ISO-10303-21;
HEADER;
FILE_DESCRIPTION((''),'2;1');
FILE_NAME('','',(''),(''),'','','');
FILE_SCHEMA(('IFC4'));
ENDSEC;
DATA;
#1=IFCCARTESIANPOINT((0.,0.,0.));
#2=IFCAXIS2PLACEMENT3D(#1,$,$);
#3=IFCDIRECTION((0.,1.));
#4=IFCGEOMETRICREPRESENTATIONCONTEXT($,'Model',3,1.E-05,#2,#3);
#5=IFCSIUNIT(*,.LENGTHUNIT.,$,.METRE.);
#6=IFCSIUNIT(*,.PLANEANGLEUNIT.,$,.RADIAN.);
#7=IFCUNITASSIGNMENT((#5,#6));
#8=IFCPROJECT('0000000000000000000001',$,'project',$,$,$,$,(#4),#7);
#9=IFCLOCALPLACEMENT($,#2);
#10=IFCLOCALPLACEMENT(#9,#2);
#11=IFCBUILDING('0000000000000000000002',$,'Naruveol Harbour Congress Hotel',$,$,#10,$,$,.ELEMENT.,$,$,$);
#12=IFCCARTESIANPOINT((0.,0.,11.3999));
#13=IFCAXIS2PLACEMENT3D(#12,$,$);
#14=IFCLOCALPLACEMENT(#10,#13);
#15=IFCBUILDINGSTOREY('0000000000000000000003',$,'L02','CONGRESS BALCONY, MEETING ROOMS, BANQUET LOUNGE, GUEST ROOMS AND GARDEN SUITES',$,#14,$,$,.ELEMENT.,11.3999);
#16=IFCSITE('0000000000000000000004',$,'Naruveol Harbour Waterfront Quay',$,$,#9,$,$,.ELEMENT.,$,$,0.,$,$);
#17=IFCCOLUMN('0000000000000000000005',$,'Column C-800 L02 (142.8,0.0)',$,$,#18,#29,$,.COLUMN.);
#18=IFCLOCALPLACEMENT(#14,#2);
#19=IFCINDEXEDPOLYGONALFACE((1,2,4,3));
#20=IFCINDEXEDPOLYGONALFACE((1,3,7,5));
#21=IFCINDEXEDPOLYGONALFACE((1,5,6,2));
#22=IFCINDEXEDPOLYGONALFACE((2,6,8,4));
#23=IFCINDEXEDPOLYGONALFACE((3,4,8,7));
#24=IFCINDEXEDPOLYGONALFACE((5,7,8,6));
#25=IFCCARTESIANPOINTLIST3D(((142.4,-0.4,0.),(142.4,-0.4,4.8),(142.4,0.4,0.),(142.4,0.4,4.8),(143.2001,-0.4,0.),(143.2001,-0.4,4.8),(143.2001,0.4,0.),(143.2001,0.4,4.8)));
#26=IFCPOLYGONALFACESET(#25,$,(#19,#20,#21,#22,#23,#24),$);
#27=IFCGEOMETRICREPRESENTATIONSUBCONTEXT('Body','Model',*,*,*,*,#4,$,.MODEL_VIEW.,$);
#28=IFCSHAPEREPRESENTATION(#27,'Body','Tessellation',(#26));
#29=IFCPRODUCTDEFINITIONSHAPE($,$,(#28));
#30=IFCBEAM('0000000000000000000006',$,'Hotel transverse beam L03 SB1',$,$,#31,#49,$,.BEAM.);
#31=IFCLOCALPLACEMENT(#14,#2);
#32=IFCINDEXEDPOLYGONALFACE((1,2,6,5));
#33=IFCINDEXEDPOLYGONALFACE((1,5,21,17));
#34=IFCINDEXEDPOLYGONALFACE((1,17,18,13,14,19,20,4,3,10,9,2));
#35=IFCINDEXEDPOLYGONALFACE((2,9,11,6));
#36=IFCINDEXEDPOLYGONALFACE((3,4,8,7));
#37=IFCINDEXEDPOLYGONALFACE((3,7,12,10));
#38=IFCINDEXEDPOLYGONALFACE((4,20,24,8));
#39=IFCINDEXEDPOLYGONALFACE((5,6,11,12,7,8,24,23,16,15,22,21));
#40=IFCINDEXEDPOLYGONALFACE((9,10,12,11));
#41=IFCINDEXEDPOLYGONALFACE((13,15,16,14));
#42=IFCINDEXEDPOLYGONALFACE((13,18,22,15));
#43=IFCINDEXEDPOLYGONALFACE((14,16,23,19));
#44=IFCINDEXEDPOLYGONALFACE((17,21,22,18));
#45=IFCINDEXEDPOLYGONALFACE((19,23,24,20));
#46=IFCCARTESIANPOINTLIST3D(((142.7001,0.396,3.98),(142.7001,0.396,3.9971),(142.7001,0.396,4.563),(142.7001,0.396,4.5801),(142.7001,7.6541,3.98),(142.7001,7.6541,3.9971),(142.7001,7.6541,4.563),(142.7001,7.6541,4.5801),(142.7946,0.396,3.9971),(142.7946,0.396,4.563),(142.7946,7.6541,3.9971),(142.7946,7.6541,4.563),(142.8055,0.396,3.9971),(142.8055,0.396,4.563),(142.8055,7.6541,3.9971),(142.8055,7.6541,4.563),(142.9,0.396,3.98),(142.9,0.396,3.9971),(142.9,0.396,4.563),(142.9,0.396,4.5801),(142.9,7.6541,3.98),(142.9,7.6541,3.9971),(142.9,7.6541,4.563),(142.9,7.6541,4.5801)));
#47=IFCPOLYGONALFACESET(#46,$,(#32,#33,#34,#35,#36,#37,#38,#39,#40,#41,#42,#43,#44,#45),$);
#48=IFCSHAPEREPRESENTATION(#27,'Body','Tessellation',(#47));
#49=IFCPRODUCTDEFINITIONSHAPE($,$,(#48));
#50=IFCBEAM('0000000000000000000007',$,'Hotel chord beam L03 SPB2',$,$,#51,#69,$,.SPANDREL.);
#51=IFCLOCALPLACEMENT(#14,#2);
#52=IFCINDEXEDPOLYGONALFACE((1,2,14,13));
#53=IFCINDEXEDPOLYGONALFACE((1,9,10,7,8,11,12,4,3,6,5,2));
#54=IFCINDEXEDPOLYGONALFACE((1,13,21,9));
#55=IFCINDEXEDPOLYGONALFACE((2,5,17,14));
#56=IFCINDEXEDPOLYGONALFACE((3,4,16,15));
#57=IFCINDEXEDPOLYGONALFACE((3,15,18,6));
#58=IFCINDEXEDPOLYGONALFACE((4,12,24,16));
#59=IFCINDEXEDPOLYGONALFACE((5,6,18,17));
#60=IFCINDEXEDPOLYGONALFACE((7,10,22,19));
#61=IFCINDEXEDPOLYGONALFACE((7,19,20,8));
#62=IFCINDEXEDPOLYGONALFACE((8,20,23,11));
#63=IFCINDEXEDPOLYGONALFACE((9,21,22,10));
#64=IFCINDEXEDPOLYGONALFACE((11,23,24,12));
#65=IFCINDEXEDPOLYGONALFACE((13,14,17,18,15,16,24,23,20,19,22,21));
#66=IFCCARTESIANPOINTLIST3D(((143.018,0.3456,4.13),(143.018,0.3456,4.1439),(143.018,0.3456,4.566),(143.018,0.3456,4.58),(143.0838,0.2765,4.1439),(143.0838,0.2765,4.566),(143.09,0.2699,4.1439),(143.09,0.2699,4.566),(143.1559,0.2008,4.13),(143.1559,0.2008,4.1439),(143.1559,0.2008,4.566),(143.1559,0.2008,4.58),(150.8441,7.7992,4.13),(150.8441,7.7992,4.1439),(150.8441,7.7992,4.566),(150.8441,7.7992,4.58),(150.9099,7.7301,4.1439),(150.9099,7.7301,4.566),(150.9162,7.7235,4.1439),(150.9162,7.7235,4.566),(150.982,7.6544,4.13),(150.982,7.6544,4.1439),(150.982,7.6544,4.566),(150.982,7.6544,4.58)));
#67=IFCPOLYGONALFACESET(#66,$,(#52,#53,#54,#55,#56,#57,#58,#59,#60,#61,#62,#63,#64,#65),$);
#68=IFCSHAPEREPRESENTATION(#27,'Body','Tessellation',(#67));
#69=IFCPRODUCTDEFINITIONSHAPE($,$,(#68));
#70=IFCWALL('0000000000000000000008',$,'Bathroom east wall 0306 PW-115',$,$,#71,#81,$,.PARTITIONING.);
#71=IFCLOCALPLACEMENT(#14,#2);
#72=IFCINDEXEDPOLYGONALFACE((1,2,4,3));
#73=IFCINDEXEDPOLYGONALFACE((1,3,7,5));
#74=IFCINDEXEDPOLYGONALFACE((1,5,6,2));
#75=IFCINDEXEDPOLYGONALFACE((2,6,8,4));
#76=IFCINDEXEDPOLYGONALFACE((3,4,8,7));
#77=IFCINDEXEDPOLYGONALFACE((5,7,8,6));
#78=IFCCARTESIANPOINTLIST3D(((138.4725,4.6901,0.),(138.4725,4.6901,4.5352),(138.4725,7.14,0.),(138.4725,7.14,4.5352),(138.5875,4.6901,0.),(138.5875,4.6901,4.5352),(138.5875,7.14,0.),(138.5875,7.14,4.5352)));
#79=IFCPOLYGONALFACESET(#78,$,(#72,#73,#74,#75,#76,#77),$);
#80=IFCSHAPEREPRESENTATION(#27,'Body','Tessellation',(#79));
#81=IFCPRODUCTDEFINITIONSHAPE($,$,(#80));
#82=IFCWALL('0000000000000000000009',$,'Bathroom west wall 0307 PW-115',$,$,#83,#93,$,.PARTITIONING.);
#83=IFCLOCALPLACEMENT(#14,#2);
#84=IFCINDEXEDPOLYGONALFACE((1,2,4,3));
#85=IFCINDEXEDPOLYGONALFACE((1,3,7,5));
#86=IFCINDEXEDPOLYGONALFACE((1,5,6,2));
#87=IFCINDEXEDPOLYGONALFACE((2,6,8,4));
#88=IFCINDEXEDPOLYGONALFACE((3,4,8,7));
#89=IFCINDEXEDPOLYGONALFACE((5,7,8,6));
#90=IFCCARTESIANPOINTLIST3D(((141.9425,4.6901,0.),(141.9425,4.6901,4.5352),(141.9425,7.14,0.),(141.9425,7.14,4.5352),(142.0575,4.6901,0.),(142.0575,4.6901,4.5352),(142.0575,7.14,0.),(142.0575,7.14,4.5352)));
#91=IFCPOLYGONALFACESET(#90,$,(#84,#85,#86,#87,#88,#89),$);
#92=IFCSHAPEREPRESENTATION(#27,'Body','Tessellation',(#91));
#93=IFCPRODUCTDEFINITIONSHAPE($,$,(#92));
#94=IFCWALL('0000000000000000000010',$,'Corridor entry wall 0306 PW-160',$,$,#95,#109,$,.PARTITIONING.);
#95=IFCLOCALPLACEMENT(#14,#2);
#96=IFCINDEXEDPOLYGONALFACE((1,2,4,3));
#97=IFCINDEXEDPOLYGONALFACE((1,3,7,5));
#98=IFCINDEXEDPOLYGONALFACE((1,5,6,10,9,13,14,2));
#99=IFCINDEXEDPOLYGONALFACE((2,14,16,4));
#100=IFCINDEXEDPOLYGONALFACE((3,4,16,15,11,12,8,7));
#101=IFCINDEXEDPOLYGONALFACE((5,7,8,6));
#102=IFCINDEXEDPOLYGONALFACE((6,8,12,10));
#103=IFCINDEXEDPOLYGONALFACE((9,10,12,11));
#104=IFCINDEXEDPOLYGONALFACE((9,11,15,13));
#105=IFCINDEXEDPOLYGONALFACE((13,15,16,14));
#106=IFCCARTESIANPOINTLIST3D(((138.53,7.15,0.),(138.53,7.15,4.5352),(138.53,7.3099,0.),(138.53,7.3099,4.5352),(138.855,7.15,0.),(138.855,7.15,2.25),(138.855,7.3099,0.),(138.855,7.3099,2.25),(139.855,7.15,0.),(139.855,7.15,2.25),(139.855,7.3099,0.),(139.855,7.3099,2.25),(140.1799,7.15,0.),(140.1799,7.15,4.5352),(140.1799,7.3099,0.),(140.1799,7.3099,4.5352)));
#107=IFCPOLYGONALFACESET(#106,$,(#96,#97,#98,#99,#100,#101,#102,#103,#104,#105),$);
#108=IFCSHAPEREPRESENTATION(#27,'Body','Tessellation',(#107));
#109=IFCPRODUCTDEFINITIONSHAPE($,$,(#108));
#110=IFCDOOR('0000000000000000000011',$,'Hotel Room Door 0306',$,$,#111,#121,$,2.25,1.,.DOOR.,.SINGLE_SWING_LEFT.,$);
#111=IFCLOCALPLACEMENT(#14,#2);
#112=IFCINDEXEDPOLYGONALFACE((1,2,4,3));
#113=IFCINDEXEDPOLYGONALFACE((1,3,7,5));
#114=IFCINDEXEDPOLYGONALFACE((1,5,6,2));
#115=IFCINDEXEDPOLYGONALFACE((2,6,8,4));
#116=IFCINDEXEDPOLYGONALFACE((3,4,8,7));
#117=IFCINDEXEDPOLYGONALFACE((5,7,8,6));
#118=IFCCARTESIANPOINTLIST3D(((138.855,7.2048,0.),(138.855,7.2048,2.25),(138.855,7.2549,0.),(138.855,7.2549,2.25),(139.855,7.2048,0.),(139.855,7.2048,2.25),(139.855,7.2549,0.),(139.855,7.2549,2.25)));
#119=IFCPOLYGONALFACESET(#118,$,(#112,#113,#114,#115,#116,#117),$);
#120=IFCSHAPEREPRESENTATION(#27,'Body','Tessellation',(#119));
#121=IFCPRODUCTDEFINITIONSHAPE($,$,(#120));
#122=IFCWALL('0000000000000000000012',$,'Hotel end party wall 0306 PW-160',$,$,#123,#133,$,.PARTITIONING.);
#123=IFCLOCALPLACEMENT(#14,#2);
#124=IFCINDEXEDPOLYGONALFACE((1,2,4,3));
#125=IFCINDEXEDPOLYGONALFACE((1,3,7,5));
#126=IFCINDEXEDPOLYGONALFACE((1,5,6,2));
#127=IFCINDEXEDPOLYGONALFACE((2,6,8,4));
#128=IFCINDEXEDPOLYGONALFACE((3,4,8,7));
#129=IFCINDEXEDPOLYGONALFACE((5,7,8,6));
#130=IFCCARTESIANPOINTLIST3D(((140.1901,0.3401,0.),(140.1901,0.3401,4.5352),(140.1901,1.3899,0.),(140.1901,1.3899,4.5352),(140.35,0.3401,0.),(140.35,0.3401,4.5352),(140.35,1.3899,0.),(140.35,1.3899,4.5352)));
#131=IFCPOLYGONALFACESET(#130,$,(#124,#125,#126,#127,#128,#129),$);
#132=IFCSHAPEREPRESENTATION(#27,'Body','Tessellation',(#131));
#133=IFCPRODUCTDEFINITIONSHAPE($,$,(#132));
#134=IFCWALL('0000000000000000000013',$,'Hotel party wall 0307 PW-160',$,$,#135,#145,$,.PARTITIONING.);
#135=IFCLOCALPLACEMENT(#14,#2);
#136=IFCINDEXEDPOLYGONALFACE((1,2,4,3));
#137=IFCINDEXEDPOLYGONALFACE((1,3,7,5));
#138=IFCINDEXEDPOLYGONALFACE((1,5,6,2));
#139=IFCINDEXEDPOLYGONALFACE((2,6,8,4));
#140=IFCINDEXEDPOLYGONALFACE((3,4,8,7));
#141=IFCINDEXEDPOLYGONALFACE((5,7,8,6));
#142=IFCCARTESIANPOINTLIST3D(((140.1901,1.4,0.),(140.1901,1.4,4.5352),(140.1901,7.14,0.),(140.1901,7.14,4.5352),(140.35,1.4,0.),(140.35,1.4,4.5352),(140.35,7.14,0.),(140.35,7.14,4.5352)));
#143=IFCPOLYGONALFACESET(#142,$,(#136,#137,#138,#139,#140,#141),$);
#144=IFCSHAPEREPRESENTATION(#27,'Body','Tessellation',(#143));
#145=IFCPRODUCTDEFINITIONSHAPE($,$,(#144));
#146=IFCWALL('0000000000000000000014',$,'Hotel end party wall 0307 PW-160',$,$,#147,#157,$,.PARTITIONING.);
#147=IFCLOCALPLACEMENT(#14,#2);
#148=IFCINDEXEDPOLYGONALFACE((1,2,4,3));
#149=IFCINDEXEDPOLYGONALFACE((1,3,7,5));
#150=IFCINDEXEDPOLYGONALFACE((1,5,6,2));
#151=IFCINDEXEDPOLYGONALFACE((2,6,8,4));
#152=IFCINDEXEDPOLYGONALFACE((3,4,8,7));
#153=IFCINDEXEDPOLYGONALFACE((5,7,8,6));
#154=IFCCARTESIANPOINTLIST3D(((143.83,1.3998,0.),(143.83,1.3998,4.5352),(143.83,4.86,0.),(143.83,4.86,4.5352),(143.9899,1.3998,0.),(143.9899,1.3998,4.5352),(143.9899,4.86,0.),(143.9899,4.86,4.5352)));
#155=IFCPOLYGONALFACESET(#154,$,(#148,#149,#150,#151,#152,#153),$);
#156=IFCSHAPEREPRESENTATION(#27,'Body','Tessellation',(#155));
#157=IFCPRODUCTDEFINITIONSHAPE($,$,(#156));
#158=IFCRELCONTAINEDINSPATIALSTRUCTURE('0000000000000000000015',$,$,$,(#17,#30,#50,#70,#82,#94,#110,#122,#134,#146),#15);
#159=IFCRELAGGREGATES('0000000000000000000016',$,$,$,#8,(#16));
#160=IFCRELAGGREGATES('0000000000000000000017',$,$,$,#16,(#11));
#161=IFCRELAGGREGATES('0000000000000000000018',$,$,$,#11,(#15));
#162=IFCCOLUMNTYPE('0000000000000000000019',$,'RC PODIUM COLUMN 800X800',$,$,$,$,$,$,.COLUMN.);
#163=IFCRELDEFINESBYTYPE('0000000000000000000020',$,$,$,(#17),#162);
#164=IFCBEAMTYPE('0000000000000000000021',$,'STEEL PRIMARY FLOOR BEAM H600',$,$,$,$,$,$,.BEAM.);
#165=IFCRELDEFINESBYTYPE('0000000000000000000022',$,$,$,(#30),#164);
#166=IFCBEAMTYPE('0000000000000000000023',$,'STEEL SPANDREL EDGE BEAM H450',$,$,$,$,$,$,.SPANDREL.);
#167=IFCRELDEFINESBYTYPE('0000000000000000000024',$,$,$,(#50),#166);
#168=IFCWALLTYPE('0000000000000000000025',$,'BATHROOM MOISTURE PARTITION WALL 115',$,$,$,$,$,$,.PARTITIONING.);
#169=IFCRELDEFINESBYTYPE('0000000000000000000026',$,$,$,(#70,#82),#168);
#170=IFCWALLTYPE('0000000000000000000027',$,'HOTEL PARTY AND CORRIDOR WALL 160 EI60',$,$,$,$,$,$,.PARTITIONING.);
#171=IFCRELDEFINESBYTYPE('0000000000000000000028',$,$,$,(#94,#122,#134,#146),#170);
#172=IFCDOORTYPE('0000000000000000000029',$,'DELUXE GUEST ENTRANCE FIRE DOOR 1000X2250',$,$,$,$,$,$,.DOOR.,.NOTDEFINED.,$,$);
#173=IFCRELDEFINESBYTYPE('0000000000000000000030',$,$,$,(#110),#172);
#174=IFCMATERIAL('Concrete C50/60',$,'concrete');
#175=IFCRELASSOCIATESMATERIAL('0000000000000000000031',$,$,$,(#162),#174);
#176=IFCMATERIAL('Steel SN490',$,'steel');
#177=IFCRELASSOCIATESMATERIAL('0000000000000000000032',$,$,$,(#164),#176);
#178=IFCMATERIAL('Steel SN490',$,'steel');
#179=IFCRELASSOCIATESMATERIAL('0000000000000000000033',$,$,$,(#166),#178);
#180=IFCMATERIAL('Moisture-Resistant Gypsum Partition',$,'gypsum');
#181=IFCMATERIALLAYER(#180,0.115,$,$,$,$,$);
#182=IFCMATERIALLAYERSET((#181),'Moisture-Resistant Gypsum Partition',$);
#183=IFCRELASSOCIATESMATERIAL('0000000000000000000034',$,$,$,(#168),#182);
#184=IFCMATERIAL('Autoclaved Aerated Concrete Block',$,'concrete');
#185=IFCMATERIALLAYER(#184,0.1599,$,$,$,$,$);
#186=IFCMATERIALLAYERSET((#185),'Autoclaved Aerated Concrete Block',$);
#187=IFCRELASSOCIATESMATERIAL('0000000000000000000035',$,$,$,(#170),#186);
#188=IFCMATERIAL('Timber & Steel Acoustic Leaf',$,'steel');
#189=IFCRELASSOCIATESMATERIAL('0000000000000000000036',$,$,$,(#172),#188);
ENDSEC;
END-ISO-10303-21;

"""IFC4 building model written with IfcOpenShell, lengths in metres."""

from ifc_helpers import new_model, si_unit, direction, frame, frame_2d, origin, origin_2d, place, context, subcontext, project, spatial, rectangle, i_section, extrude, material, layer, layer_set, material_profile, profile_set, type_object, element, fill, save


model = new_model("IFC4")

# Units and contexts
model_context = context("Model", 3, precision=1e-05, world=origin(), true_north=direction((0.0, 1.0)))
body_context = subcontext(model_context, "Body", "Model", "MODEL_VIEW")
ifc_project = project(units=[si_unit("LENGTHUNIT", "METRE"), si_unit("PLANEANGLEUNIT", "RADIAN")], contexts=[model_context])

# Site, building, storey
site_placement = place(None, origin())
site = spatial("IfcSite", under=ifc_project, at=site_placement, Name="Naruveol Harbour Waterfront Quay", CompositionType="ELEMENT", RefElevation=0.0)
building_placement = place(site_placement, origin())
building = spatial("IfcBuilding", under=site, at=building_placement, Name="Naruveol Harbour Congress Hotel", CompositionType="ELEMENT")
storey_placement = place(building_placement, frame((0.0, 0.0, 11.3999)))
storey = spatial("IfcBuildingStorey", under=building, at=storey_placement, Name="L02", Description="CONGRESS BALCONY, MEETING ROOMS, BANQUET LOUNGE, GUEST ROOMS AND GARDEN SUITES", CompositionType="ELEMENT", Elevation=11.3999)

# Column
ifc_material_1 = material(Name="Concrete C50/60", Category="concrete")
ifc_material_profile_1 = material_profile(ifc_material_1, rectangle(XDim=0.8, YDim=0.8, at=origin_2d()), Name="RC-800x800")
ifc_profile_set_1 = profile_set([ifc_material_profile_1], Name="Concrete C50/60")
column_type = type_object("IfcColumnType", Name="RC PODIUM COLUMN 800X800", PredefinedType="COLUMN", material=ifc_profile_set_1)
column_placement = place(storey_placement, frame((142.8, 0.0, 0.0), z_axis=(0.0, 0.0, 1.0), x_axis=(1.0, 0.0, 0.0)))
element("IfcColumn", 1, at=column_placement, inside=storey, type_object=column_type, Name="Column C-800 L02 (142.8,0.0)", PredefinedType="COLUMN", context=body_context, shape_type="SweptSolid", body=[
    extrude(rectangle(XDim=0.8, YDim=0.8, at=origin_2d()), origin(), (0.0, 0.0, 1.0), 4.8),
])

# Beams
ifc_material_2 = material(Name="Steel SN490", Category="steel")
ifc_material_profile_2 = material_profile(ifc_material_2, i_section(OverallWidth=0.2, OverallDepth=0.6001, WebThickness=0.011, FlangeThickness=0.0171, at=origin_2d()), Name="H-600x200x11x17")
ifc_profile_set_2 = profile_set([ifc_material_profile_2], Name="Steel SN490")
beam_type_1 = type_object("IfcBeamType", Name="STEEL PRIMARY FLOOR BEAM H600", PredefinedType="BEAM", material=ifc_profile_set_2)
beam_1_placement = place(storey_placement, frame((142.8, 0.396, 4.28), z_axis=(0.0, 1.0, 0.0), x_axis=(-1.0, 0.0, 0.0)))
element("IfcBeam", 2, at=beam_1_placement, inside=storey, type_object=beam_type_1, Name="Hotel transverse beam L03 SB1", PredefinedType="BEAM", context=body_context, shape_type="SweptSolid", body=[
    extrude(i_section(OverallWidth=0.2, OverallDepth=0.6001, WebThickness=0.011, FlangeThickness=0.0171, at=origin_2d()), origin(), (0.0, 0.0, 1.0), 7.2581),
])
ifc_material_3 = material(Name="Steel SN490", Category="steel")
ifc_material_profile_3 = material_profile(ifc_material_3, i_section(OverallWidth=0.2, OverallDepth=0.45, WebThickness=0.009, FlangeThickness=0.0139, at=origin_2d()), Name="H-450x200x9x14")
ifc_profile_set_3 = profile_set([ifc_material_profile_3], Name="Steel SN490")
beam_type_2 = type_object("IfcBeamType", Name="STEEL SPANDREL EDGE BEAM H450", PredefinedType="SPANDREL", material=ifc_profile_set_3)
beam_2_placement = place(storey_placement, frame((143.0869, 0.2732, 4.355), z_axis=(0.724133, 0.689661, 0.0), x_axis=(-0.689661, 0.724133, 0.0)))
element("IfcBeam", 3, at=beam_2_placement, inside=storey, type_object=beam_type_2, Name="Hotel chord beam L03 SPB2", PredefinedType="SPANDREL", context=body_context, shape_type="SweptSolid", body=[
    extrude(i_section(OverallWidth=0.2, OverallDepth=0.45, WebThickness=0.009, FlangeThickness=0.0139, at=origin_2d()), origin(), (0.0, 0.0, 1.0), 10.8076),
])

# Wall
ifc_material_4 = material(Name="Moisture-Resistant Gypsum Partition", Category="gypsum")
ifc_layer_1 = layer(ifc_material_4, 0.115)
ifc_layer_set_1 = layer_set([ifc_layer_1], Name="Moisture-Resistant Gypsum Partition")
wall_type_1 = type_object("IfcWallType", Name="BATHROOM MOISTURE PARTITION WALL 115", PredefinedType="PARTITIONING", material=ifc_layer_set_1)
wall_1_placement = place(storey_placement, frame((138.53, 4.6899, 0.0), z_axis=(0.0, 0.0, 1.0), x_axis=(0.0, 1.0, 0.0)))
element("IfcWall", 4, at=wall_1_placement, inside=storey, type_object=wall_type_1, Name="Bathroom east wall 0306 PW-115", PredefinedType="PARTITIONING", context=body_context, shape_type="SweptSolid", body=[
    extrude(rectangle(XDim=2.45, YDim=0.115, at=frame_2d((1.2251, 0.0))), origin(), (0.0, 0.0, 1.0), 4.5352),
])

# Wall
wall_2_placement = place(storey_placement, frame((142.0, 4.6899, 0.0), z_axis=(0.0, 0.0, 1.0), x_axis=(0.0, 1.0, 0.0)))
element("IfcWall", 5, at=wall_2_placement, inside=storey, type_object=wall_type_1, Name="Bathroom west wall 0307 PW-115", PredefinedType="PARTITIONING", context=body_context, shape_type="SweptSolid", body=[
    extrude(rectangle(XDim=2.45, YDim=0.115, at=frame_2d((1.2251, 0.0))), origin(), (0.0, 0.0, 1.0), 4.5352),
])

# Wall, opening, door
ifc_material_5 = material(Name="Autoclaved Aerated Concrete Block", Category="concrete")
ifc_layer_2 = layer(ifc_material_5, 0.1599)
ifc_layer_set_2 = layer_set([ifc_layer_2], Name="Autoclaved Aerated Concrete Block")
wall_type_2 = type_object("IfcWallType", Name="HOTEL PARTY AND CORRIDOR WALL 160 EI60", PredefinedType="PARTITIONING", material=ifc_layer_set_2)
wall_3_placement = place(storey_placement, frame((138.53, 7.23, 0.0), z_axis=(0.0, 0.0, 1.0), x_axis=(1.0, 0.0, 0.0)))
wall_3 = element("IfcWall", 6, at=wall_3_placement, inside=storey, type_object=wall_type_2, Name="Corridor entry wall 0306 PW-160", PredefinedType="PARTITIONING", context=body_context, shape_type="SweptSolid", body=[
    extrude(rectangle(XDim=1.6499, YDim=0.1599, at=frame_2d((0.825, 0.0))), origin(), (0.0, 0.0, 1.0), 4.5352),
])
opening_1_placement = place(wall_3_placement, frame((0.325, 0.0, 0.0)))
opening_1 = element("IfcOpeningElement", 7, at=opening_1_placement, cuts=wall_3, PredefinedType="OPENING", context=body_context, shape_type="SweptSolid", body=[
    extrude(rectangle(XDim=1.0, YDim=2.25, at=frame_2d((0.5, 1.125))), frame((0.0, 0.0898, 0.0), z_axis=(0.0, -1.0, 0.0), x_axis=(1.0, 0.0, 0.0)), (0.0, 0.0, 1.0), 0.1799),
])
ifc_material_6 = material(Name="Timber & Steel Acoustic Leaf", Category="steel")
door_type_1 = type_object("IfcDoorType", Name="DELUXE GUEST ENTRANCE FIRE DOOR 1000X2250", OperationType="NOTDEFINED", PredefinedType="DOOR", material=ifc_material_6)
door_1_placement = place(opening_1_placement, origin())
door_1 = element("IfcDoor", 8, at=door_1_placement, inside=storey, type_object=door_type_1, Name="Hotel Room Door 0306", OperationType="SINGLE_SWING_LEFT", OverallHeight=2.25, OverallWidth=1.0, PredefinedType="DOOR", context=body_context, shape_type="SweptSolid", body=[
    extrude(rectangle(XDim=1.0, YDim=2.25, at=frame_2d((0.5, 1.125))), frame((0.0, 0.0249, 0.0), z_axis=(0.0, -1.0, 0.0), x_axis=(1.0, 0.0, 0.0)), (0.0, 0.0, 1.0), 0.05),
])
fill(opening_1, door_1)

# Walls
wall_4_placement = place(storey_placement, frame((140.27, 0.3401, 0.0), z_axis=(0.0, 0.0, 1.0), x_axis=(0.0, 1.0, 0.0)))
element("IfcWall", 9, at=wall_4_placement, inside=storey, type_object=wall_type_2, Name="Hotel end party wall 0306 PW-160", PredefinedType="PARTITIONING", context=body_context, shape_type="SweptSolid", body=[
    extrude(rectangle(XDim=1.0498, YDim=0.1599, at=frame_2d((0.5249, 0.0))), origin(), (0.0, 0.0, 1.0), 4.5352),
])
wall_5_placement = place(storey_placement, frame((140.27, 1.3999, 0.0), z_axis=(0.0, 0.0, 1.0), x_axis=(0.0, 1.0, 0.0)))
element("IfcWall", 10, at=wall_5_placement, inside=storey, type_object=wall_type_2, Name="Hotel party wall 0307 PW-160", PredefinedType="PARTITIONING", context=body_context, shape_type="SweptSolid", body=[
    extrude(rectangle(XDim=5.74, YDim=0.1599, at=frame_2d((2.8701, 0.0))), origin(), (0.0, 0.0, 1.0), 4.5352),
])
wall_6_placement = place(storey_placement, frame((143.9099, 1.3999, 0.0), z_axis=(0.0, 0.0, 1.0), x_axis=(0.0, 1.0, 0.0)))
element("IfcWall", 11, at=wall_6_placement, inside=storey, type_object=wall_type_2, Name="Hotel end party wall 0307 PW-160", PredefinedType="PARTITIONING", context=body_context, shape_type="SweptSolid", body=[
    extrude(rectangle(XDim=3.4602, YDim=0.1599, at=frame_2d((1.73, 0.0))), origin(), (0.0, 0.0, 1.0), 4.5352),
])

save(model, "model.ifc")
